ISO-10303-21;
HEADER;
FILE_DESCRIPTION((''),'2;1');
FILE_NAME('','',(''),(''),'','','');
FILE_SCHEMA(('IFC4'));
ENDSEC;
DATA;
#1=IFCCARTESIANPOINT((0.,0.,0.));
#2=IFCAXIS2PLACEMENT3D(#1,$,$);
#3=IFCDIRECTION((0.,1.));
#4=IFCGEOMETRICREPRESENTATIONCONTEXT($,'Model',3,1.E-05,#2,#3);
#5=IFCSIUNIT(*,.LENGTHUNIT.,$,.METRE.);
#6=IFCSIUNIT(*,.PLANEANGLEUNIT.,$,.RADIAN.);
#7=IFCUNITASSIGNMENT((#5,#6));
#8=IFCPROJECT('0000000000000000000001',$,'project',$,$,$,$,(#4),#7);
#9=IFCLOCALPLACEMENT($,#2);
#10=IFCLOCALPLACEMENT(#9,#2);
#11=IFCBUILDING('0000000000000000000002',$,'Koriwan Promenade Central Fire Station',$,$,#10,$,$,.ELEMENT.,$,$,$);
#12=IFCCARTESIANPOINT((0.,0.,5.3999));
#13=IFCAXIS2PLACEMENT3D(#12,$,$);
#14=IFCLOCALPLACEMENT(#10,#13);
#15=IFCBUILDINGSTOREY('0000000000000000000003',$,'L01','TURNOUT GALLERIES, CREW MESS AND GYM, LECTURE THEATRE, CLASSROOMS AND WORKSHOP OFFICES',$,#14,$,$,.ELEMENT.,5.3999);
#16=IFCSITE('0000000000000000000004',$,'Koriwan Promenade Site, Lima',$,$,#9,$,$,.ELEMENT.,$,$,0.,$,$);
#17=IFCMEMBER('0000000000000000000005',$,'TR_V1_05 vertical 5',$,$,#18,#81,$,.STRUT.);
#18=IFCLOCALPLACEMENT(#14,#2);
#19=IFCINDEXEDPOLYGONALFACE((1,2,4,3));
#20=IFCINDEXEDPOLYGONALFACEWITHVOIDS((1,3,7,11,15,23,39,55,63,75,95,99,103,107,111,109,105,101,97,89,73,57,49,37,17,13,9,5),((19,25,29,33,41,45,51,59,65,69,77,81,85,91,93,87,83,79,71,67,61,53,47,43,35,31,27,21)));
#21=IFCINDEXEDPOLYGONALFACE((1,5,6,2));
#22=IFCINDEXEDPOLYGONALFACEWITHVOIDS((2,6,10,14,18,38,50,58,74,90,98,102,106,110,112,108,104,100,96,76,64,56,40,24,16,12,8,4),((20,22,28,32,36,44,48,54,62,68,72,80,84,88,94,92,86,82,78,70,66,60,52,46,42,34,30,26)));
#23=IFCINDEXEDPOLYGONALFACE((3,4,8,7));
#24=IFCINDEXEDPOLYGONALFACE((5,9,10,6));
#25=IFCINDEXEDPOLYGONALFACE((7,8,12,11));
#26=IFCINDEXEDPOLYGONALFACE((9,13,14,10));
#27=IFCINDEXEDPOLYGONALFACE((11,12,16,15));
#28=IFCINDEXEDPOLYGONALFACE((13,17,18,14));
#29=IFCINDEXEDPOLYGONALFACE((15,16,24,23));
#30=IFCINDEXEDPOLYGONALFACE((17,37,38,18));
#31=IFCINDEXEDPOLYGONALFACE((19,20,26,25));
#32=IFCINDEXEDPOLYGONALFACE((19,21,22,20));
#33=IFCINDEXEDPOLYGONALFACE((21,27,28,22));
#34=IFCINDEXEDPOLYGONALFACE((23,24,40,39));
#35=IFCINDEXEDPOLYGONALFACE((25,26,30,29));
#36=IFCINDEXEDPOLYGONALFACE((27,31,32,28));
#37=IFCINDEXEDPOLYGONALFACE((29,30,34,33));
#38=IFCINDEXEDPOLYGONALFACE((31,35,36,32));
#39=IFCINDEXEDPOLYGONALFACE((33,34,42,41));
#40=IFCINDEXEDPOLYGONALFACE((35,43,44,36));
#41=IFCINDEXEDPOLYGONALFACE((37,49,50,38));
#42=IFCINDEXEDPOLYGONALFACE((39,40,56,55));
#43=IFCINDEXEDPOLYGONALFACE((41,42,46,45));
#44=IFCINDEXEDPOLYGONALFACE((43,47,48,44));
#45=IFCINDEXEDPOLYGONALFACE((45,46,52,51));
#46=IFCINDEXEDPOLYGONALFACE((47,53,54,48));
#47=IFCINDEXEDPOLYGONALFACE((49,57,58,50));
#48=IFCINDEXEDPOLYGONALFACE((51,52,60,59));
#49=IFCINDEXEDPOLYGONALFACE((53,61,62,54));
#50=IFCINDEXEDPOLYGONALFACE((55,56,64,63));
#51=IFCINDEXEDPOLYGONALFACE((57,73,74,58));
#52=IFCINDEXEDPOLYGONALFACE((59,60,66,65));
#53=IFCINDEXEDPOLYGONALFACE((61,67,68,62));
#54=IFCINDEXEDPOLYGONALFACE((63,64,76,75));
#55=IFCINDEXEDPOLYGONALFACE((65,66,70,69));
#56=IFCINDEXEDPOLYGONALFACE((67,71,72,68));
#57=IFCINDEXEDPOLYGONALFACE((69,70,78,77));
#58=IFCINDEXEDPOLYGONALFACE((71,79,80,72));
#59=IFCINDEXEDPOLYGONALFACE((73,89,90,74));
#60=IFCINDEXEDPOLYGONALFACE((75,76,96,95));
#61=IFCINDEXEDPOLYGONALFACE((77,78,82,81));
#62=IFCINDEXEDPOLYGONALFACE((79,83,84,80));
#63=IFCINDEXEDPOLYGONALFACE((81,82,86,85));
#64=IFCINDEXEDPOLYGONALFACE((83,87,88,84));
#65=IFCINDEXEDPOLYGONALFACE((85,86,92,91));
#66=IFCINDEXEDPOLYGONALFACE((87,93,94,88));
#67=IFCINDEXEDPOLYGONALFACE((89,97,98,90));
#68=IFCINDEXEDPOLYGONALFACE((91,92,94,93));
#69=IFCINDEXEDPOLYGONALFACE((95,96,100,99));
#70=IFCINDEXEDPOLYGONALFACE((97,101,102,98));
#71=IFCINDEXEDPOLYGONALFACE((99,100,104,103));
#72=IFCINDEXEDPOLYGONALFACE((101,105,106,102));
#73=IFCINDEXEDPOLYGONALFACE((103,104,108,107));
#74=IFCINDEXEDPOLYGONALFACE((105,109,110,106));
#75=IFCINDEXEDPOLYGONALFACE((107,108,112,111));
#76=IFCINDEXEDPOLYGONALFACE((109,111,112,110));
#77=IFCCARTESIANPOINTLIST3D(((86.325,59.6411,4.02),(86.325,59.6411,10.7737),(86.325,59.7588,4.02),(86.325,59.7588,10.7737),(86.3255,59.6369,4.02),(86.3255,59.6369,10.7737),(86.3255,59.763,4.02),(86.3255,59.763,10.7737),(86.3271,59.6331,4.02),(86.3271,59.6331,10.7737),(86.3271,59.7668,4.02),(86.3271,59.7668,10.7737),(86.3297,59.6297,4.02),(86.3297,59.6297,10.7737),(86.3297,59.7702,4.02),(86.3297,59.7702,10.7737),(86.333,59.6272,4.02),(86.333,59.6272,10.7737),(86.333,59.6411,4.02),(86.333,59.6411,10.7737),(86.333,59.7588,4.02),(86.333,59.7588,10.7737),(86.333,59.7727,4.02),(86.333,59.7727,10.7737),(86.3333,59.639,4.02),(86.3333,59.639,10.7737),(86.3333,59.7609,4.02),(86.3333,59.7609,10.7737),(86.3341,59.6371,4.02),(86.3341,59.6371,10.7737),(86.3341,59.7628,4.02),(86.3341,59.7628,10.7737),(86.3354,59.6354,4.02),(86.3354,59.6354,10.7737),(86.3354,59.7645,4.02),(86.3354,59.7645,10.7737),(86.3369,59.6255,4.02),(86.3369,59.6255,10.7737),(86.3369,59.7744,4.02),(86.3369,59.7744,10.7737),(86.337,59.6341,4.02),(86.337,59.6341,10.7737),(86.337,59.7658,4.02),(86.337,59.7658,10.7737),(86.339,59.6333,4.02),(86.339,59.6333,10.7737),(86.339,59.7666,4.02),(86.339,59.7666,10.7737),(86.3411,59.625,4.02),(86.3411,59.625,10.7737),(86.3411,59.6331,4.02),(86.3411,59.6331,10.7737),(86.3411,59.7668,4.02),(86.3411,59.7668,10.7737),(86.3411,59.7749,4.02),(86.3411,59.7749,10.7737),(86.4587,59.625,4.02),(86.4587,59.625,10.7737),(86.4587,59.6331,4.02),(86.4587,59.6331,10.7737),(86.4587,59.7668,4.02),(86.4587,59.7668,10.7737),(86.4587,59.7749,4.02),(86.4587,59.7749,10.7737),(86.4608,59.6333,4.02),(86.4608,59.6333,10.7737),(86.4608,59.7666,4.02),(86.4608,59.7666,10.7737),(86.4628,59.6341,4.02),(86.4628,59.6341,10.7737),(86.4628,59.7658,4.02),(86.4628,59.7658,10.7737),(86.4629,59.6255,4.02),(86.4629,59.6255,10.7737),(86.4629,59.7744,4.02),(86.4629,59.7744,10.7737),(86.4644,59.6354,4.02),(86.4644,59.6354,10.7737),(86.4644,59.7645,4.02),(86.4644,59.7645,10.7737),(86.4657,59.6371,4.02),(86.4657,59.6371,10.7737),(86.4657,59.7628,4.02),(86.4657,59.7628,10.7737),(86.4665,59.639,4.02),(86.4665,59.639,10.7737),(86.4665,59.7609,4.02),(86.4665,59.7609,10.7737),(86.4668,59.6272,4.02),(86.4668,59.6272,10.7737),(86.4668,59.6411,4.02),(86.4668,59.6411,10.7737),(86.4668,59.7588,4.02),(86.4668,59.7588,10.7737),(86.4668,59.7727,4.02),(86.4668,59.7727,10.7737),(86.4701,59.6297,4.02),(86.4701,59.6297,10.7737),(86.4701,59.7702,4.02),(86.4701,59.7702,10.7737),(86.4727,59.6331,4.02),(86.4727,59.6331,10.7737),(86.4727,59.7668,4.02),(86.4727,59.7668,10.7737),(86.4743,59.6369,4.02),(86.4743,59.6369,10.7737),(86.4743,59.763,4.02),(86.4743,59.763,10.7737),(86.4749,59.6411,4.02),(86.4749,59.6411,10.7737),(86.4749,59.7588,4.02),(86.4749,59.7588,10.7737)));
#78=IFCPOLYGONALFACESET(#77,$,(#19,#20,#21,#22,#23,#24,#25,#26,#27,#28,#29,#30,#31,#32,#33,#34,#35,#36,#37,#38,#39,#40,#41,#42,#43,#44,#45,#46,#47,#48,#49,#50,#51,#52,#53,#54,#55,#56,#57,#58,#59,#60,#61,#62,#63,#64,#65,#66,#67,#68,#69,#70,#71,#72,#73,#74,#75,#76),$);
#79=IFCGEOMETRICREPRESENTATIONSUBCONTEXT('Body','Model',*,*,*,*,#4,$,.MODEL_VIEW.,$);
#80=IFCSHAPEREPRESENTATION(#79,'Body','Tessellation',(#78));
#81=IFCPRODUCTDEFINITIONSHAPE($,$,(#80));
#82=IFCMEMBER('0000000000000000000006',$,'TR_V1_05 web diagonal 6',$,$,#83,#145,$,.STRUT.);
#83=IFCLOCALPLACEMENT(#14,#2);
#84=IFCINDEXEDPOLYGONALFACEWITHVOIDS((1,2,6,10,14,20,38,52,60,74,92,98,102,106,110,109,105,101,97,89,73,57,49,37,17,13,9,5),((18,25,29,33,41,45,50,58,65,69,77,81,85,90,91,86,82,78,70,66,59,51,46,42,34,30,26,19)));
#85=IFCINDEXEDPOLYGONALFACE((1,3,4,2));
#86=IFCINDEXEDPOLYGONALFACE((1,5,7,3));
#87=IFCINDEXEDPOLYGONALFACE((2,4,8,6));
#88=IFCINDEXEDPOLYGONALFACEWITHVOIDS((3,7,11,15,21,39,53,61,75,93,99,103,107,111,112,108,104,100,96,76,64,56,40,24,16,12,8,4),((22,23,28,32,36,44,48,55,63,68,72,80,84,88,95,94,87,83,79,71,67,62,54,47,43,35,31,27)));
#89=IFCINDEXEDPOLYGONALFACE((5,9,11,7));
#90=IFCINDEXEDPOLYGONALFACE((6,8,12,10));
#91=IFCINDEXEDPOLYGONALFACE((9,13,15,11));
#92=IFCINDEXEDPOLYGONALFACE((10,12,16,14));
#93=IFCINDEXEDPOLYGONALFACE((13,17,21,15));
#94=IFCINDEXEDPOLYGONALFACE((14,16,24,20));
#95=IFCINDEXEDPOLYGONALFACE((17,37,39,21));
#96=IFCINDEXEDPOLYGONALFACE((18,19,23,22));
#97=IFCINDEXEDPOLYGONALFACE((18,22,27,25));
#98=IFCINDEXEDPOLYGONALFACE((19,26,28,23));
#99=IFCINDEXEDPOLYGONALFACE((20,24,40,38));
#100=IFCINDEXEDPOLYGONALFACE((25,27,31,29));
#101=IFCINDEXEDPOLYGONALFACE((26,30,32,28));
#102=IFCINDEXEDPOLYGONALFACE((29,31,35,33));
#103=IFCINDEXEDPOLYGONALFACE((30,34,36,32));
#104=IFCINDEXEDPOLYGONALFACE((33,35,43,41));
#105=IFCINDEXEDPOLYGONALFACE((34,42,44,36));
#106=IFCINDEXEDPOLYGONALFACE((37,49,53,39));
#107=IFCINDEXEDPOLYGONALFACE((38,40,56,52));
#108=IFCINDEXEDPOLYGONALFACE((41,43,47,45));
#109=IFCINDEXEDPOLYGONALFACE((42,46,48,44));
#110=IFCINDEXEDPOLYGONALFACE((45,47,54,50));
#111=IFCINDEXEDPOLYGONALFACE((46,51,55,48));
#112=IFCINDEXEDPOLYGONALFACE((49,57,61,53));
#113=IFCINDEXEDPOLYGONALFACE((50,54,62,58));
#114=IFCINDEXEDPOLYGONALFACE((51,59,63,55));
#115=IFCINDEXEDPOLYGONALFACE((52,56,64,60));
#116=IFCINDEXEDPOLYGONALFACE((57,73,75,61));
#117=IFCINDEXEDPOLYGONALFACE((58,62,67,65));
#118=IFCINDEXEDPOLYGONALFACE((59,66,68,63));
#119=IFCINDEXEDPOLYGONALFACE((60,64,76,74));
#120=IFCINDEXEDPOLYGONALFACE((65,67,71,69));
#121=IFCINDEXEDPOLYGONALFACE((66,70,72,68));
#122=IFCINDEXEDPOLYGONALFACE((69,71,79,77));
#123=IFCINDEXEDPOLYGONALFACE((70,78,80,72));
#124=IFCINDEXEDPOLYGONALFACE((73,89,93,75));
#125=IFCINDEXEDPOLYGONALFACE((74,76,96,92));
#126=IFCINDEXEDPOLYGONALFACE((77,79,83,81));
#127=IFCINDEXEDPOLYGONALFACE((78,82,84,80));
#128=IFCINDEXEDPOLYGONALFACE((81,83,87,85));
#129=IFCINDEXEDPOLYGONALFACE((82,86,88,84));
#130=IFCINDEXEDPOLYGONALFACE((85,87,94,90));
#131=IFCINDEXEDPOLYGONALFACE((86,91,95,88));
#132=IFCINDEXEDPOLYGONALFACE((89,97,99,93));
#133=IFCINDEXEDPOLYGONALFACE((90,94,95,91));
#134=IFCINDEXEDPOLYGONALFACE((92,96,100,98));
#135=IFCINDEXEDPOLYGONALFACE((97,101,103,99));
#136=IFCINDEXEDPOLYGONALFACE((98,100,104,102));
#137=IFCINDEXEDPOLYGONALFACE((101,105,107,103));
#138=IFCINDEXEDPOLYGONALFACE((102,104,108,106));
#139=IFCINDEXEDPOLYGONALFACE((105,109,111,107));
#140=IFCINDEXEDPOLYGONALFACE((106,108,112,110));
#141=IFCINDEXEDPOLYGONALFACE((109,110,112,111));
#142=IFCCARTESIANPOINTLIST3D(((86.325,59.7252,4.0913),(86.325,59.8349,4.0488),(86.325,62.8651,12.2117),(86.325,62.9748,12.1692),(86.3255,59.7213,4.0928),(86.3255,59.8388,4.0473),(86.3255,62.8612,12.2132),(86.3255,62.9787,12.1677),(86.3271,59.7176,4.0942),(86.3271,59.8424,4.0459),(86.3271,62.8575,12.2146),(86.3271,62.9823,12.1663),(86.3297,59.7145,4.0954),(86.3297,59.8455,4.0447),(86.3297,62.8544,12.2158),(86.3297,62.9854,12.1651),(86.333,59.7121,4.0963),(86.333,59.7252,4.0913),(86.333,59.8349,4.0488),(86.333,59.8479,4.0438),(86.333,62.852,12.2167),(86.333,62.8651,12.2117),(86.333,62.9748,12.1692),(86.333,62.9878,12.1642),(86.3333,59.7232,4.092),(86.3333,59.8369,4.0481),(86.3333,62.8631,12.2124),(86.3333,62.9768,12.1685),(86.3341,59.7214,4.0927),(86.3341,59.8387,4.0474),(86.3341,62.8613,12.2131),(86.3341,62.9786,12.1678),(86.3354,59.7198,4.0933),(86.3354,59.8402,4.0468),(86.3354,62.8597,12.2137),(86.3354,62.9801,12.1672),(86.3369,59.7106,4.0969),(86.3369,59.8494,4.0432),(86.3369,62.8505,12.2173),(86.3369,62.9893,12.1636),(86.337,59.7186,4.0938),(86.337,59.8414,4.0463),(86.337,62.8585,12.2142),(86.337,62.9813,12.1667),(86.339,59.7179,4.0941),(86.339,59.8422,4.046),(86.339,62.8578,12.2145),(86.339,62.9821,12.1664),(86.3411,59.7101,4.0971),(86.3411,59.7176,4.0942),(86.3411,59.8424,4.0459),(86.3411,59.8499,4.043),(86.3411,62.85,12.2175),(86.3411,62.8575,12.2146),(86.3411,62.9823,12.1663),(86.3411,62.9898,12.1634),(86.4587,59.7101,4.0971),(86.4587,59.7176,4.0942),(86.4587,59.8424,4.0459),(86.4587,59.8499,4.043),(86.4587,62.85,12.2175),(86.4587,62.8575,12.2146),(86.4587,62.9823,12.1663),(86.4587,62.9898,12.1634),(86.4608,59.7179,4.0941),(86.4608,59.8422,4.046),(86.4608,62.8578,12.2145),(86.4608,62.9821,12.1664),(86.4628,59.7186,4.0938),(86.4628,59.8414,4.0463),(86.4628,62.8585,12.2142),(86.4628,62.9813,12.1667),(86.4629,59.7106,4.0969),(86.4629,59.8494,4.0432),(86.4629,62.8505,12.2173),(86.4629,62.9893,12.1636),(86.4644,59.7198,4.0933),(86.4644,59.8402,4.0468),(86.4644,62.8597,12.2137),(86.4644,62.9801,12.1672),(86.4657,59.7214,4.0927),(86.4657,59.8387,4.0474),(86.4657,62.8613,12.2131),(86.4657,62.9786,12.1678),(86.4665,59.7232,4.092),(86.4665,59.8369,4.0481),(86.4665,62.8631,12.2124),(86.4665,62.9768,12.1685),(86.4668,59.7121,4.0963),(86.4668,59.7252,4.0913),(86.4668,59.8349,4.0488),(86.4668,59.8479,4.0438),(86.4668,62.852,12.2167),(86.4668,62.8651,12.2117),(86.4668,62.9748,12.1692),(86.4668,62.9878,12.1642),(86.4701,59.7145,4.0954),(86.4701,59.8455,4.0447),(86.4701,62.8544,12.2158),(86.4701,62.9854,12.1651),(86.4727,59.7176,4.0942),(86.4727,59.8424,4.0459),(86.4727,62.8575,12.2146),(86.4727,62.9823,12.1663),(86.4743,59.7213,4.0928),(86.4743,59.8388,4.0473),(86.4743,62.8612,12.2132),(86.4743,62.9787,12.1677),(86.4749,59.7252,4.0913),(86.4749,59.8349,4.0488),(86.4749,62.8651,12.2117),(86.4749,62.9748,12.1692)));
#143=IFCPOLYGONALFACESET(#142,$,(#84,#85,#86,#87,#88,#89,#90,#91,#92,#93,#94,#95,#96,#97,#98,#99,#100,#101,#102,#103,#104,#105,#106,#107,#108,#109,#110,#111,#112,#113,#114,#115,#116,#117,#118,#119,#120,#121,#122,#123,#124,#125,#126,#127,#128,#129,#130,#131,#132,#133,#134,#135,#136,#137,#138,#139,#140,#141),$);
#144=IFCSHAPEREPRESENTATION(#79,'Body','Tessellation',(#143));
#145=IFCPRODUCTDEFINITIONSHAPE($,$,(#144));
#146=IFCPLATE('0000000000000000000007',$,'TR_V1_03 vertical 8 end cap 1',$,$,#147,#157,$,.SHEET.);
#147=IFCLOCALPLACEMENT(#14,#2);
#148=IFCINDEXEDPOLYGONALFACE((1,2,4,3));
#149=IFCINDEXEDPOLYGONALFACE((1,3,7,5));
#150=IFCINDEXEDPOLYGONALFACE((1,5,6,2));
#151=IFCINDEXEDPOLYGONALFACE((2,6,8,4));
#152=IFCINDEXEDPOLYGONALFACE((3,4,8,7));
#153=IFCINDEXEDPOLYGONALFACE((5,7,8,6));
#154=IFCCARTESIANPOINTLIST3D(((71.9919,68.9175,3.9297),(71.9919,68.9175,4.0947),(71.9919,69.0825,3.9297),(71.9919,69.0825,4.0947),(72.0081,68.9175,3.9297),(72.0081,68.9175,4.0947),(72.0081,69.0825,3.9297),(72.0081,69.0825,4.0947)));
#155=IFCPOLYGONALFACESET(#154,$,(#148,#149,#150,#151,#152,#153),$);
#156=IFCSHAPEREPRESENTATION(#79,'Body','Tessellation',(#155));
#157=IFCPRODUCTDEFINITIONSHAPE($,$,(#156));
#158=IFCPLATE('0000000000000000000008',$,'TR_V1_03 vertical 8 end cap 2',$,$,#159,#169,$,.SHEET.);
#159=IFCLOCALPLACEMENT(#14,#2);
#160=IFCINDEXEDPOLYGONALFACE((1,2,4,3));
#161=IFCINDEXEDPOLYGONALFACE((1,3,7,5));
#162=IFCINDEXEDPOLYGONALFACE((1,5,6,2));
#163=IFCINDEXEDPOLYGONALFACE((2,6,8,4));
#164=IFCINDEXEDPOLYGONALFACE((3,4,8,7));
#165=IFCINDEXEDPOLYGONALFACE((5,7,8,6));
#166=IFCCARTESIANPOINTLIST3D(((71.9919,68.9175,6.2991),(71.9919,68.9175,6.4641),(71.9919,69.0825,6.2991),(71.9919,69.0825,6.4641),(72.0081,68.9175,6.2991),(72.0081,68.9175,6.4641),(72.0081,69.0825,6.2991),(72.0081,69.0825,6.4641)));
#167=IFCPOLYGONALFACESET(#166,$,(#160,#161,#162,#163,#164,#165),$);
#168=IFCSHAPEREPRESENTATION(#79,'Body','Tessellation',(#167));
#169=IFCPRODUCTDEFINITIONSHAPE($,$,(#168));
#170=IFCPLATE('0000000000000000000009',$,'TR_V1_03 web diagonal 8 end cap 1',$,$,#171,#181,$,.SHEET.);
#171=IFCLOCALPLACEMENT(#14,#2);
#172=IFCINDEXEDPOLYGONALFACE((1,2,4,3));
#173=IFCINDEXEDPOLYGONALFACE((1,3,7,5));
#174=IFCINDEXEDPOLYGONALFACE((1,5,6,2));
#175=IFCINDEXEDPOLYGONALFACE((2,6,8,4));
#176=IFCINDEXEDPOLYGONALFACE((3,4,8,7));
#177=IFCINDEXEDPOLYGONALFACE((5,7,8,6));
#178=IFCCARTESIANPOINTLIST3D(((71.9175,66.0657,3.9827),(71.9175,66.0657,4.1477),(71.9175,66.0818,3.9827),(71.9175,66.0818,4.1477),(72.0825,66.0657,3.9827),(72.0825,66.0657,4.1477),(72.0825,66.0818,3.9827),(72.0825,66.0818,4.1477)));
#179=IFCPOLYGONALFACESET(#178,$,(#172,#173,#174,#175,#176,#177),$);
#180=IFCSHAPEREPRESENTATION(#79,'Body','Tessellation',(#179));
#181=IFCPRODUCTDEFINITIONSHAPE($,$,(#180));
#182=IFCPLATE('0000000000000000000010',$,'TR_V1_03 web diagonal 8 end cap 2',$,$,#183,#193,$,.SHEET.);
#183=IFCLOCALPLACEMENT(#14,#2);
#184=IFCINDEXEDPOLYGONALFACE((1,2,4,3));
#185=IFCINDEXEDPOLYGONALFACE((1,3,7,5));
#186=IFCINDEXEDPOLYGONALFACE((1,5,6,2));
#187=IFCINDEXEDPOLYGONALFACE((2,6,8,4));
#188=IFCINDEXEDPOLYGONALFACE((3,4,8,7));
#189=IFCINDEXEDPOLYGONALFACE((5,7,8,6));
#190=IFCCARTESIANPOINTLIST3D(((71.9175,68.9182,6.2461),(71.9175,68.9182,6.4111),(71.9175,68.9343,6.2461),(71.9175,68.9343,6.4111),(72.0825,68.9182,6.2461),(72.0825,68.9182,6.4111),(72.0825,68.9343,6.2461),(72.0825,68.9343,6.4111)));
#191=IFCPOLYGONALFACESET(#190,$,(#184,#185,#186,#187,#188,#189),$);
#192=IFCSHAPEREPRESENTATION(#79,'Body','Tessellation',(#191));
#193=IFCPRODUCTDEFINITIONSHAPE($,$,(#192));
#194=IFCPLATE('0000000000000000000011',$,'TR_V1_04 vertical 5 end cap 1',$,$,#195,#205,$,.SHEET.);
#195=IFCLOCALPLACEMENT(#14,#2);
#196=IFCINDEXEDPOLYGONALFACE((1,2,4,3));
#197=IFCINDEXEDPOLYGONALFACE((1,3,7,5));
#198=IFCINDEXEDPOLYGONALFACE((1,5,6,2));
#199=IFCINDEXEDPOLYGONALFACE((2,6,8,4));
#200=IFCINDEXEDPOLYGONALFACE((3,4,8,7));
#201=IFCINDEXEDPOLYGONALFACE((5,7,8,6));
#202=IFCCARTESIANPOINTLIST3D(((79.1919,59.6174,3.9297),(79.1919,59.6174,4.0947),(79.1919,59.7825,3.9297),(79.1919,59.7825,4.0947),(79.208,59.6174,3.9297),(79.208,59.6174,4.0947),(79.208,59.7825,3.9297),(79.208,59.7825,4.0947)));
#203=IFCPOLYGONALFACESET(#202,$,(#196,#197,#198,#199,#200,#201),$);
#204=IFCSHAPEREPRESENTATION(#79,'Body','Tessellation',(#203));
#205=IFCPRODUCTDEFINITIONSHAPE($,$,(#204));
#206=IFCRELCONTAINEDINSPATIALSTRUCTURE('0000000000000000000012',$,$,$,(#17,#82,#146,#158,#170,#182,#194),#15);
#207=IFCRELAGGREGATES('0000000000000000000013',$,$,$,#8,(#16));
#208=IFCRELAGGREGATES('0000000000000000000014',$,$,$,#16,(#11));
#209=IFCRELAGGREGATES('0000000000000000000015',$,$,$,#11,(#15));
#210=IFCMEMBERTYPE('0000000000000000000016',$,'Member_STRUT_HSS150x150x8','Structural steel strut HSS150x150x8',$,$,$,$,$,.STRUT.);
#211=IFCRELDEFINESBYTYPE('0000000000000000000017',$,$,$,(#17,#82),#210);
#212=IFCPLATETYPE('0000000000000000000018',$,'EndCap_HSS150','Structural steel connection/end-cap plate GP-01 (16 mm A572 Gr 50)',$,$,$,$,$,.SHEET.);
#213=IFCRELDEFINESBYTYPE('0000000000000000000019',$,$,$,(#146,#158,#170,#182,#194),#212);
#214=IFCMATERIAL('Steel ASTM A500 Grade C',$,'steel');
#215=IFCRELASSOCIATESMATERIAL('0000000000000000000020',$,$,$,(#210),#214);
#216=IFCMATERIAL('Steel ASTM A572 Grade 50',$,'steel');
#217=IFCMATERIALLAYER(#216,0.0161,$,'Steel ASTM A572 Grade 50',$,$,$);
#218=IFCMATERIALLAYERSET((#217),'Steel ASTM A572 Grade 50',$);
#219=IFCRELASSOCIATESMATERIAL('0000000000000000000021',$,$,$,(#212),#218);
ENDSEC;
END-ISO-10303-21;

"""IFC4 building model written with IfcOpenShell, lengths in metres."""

from ifc_helpers import new_model, si_unit, direction, frame, origin, origin_2d, place, context, subcontext, project, spatial, rectangle, hollow_rectangle, extrude, material, layer, layer_set, material_profile, profile_set, type_object, element, save


model = new_model("IFC4")

# Units and contexts
model_context = context("Model", 3, precision=1e-05, world=origin(), true_north=direction((0.0, 1.0)))
body_context = subcontext(model_context, "Body", "Model", "MODEL_VIEW")
ifc_project = project(units=[si_unit("LENGTHUNIT", "METRE"), si_unit("PLANEANGLEUNIT", "RADIAN")], contexts=[model_context])

# Site, building, storey
site_placement = place(None, origin())
site = spatial("IfcSite", under=ifc_project, at=site_placement, Name="Koriwan Promenade Site, Lima", CompositionType="ELEMENT", RefElevation=0.0)
building_placement = place(site_placement, origin())
building = spatial("IfcBuilding", under=site, at=building_placement, Name="Koriwan Promenade Central Fire Station", CompositionType="ELEMENT")
storey_placement = place(building_placement, frame((0.0, 0.0, 5.3999)))
storey = spatial("IfcBuildingStorey", under=building, at=storey_placement, Name="L01", Description="TURNOUT GALLERIES, CREW MESS AND GYM, LECTURE THEATRE, CLASSROOMS AND WORKSHOP OFFICES", CompositionType="ELEMENT", Elevation=5.3999)

# Members
ifc_material_1 = material(Name="Steel ASTM A500 Grade C", Category="steel")
ifc_material_profile_1 = material_profile(ifc_material_1, hollow_rectangle(XDim=0.1499, YDim=0.1499, WallThickness=0.0081, InnerFilletRadius=0.0081, OuterFilletRadius=0.0161, at=origin_2d()), Name="HSS150x150x8")
ifc_profile_set_1 = profile_set([ifc_material_profile_1], Name="Steel ASTM A500 Grade C")
member_type_1 = type_object("IfcMemberType", Name="Member_STRUT_HSS150x150x8", Description="Structural steel strut HSS150x150x8", PredefinedType="STRUT", material=ifc_profile_set_1)
member_1_placement = place(storey_placement, frame((86.3999, 59.7, 4.02), z_axis=(0.0, 0.0, 1.0), x_axis=(1.0, 0.0, 0.0)))
element("IfcMember", 1, at=member_1_placement, inside=storey, type_object=member_type_1, Name="TR_V1_05 vertical 5", PredefinedType="STRUT", context=body_context, shape_type="SweptSolid", body=[
    extrude(hollow_rectangle(XDim=0.1499, YDim=0.1499, WallThickness=0.0081, InnerFilletRadius=0.0081, OuterFilletRadius=0.0161, at=origin_2d()), origin(), (0.0, 0.0, 1.0), 6.7537),
])
member_2_placement = place(storey_placement, frame((86.3999, 59.78, 4.0701), z_axis=(0.0, 0.360647, 0.932702), x_axis=(-1.0, 0.0, 0.0)))
element("IfcMember", 2, at=member_2_placement, inside=storey, type_object=member_type_1, Name="TR_V1_05 web diagonal 6", PredefinedType="STRUT", context=body_context, shape_type="SweptSolid", body=[
    extrude(hollow_rectangle(XDim=0.1499, YDim=0.1499, WallThickness=0.0081, InnerFilletRadius=0.0081, OuterFilletRadius=0.0161, at=origin_2d()), origin(), (0.0, 0.0, 1.0), 8.7063),
])

# Plates
ifc_material_2 = material(Name="Steel ASTM A572 Grade 50", Category="steel")
ifc_layer_1 = layer(ifc_material_2, 0.0161, Name="Steel ASTM A572 Grade 50")
ifc_layer_set_1 = layer_set([ifc_layer_1], Name="Steel ASTM A572 Grade 50")
plate_type_1 = type_object("IfcPlateType", Name="EndCap_HSS150", Description="Structural steel connection/end-cap plate GP-01 (16 mm A572 Gr 50)", PredefinedType="SHEET", material=ifc_layer_set_1)
for number, where, z_axis, x_axis, name in (
    (3, (72.0, 69.0, 3.9297), (0.0, 0.0, 1.0), (1.0, 0.0, 0.0), "TR_V1_03 vertical 8 end cap 1"),
    (4, (72.0, 69.0, 6.2991), (0.0, 0.0, 1.0), (1.0, 0.0, 0.0), "TR_V1_03 vertical 8 end cap 2"),
    (5, (72.0, 66.0737, 3.9827), (0.0, 0.0, 1.0), (0.0, 1.0, 0.0), "TR_V1_03 web diagonal 8 end cap 1"),
    (6, (72.0, 68.9263, 6.2461), (0.0, 0.0, 1.0), (0.0, 1.0, 0.0), "TR_V1_03 web diagonal 8 end cap 2"),
    (7, (79.2, 59.7, 3.9297), (0.0, 0.0, 1.0), (1.0, 0.0, 0.0), "TR_V1_04 vertical 5 end cap 1"),
):
    element("IfcPlate", number, at=place(storey_placement, frame(where, z_axis=z_axis, x_axis=x_axis)), inside=storey, type_object=plate_type_1, Name=name, PredefinedType="SHEET", context=body_context, shape_type="SweptSolid", body=[
        extrude(rectangle(XDim=0.0161, YDim=0.165, at=origin_2d()), origin(), (0.0, 0.0, 1.0), 0.165),
    ])

save(model, "model.ifc")
